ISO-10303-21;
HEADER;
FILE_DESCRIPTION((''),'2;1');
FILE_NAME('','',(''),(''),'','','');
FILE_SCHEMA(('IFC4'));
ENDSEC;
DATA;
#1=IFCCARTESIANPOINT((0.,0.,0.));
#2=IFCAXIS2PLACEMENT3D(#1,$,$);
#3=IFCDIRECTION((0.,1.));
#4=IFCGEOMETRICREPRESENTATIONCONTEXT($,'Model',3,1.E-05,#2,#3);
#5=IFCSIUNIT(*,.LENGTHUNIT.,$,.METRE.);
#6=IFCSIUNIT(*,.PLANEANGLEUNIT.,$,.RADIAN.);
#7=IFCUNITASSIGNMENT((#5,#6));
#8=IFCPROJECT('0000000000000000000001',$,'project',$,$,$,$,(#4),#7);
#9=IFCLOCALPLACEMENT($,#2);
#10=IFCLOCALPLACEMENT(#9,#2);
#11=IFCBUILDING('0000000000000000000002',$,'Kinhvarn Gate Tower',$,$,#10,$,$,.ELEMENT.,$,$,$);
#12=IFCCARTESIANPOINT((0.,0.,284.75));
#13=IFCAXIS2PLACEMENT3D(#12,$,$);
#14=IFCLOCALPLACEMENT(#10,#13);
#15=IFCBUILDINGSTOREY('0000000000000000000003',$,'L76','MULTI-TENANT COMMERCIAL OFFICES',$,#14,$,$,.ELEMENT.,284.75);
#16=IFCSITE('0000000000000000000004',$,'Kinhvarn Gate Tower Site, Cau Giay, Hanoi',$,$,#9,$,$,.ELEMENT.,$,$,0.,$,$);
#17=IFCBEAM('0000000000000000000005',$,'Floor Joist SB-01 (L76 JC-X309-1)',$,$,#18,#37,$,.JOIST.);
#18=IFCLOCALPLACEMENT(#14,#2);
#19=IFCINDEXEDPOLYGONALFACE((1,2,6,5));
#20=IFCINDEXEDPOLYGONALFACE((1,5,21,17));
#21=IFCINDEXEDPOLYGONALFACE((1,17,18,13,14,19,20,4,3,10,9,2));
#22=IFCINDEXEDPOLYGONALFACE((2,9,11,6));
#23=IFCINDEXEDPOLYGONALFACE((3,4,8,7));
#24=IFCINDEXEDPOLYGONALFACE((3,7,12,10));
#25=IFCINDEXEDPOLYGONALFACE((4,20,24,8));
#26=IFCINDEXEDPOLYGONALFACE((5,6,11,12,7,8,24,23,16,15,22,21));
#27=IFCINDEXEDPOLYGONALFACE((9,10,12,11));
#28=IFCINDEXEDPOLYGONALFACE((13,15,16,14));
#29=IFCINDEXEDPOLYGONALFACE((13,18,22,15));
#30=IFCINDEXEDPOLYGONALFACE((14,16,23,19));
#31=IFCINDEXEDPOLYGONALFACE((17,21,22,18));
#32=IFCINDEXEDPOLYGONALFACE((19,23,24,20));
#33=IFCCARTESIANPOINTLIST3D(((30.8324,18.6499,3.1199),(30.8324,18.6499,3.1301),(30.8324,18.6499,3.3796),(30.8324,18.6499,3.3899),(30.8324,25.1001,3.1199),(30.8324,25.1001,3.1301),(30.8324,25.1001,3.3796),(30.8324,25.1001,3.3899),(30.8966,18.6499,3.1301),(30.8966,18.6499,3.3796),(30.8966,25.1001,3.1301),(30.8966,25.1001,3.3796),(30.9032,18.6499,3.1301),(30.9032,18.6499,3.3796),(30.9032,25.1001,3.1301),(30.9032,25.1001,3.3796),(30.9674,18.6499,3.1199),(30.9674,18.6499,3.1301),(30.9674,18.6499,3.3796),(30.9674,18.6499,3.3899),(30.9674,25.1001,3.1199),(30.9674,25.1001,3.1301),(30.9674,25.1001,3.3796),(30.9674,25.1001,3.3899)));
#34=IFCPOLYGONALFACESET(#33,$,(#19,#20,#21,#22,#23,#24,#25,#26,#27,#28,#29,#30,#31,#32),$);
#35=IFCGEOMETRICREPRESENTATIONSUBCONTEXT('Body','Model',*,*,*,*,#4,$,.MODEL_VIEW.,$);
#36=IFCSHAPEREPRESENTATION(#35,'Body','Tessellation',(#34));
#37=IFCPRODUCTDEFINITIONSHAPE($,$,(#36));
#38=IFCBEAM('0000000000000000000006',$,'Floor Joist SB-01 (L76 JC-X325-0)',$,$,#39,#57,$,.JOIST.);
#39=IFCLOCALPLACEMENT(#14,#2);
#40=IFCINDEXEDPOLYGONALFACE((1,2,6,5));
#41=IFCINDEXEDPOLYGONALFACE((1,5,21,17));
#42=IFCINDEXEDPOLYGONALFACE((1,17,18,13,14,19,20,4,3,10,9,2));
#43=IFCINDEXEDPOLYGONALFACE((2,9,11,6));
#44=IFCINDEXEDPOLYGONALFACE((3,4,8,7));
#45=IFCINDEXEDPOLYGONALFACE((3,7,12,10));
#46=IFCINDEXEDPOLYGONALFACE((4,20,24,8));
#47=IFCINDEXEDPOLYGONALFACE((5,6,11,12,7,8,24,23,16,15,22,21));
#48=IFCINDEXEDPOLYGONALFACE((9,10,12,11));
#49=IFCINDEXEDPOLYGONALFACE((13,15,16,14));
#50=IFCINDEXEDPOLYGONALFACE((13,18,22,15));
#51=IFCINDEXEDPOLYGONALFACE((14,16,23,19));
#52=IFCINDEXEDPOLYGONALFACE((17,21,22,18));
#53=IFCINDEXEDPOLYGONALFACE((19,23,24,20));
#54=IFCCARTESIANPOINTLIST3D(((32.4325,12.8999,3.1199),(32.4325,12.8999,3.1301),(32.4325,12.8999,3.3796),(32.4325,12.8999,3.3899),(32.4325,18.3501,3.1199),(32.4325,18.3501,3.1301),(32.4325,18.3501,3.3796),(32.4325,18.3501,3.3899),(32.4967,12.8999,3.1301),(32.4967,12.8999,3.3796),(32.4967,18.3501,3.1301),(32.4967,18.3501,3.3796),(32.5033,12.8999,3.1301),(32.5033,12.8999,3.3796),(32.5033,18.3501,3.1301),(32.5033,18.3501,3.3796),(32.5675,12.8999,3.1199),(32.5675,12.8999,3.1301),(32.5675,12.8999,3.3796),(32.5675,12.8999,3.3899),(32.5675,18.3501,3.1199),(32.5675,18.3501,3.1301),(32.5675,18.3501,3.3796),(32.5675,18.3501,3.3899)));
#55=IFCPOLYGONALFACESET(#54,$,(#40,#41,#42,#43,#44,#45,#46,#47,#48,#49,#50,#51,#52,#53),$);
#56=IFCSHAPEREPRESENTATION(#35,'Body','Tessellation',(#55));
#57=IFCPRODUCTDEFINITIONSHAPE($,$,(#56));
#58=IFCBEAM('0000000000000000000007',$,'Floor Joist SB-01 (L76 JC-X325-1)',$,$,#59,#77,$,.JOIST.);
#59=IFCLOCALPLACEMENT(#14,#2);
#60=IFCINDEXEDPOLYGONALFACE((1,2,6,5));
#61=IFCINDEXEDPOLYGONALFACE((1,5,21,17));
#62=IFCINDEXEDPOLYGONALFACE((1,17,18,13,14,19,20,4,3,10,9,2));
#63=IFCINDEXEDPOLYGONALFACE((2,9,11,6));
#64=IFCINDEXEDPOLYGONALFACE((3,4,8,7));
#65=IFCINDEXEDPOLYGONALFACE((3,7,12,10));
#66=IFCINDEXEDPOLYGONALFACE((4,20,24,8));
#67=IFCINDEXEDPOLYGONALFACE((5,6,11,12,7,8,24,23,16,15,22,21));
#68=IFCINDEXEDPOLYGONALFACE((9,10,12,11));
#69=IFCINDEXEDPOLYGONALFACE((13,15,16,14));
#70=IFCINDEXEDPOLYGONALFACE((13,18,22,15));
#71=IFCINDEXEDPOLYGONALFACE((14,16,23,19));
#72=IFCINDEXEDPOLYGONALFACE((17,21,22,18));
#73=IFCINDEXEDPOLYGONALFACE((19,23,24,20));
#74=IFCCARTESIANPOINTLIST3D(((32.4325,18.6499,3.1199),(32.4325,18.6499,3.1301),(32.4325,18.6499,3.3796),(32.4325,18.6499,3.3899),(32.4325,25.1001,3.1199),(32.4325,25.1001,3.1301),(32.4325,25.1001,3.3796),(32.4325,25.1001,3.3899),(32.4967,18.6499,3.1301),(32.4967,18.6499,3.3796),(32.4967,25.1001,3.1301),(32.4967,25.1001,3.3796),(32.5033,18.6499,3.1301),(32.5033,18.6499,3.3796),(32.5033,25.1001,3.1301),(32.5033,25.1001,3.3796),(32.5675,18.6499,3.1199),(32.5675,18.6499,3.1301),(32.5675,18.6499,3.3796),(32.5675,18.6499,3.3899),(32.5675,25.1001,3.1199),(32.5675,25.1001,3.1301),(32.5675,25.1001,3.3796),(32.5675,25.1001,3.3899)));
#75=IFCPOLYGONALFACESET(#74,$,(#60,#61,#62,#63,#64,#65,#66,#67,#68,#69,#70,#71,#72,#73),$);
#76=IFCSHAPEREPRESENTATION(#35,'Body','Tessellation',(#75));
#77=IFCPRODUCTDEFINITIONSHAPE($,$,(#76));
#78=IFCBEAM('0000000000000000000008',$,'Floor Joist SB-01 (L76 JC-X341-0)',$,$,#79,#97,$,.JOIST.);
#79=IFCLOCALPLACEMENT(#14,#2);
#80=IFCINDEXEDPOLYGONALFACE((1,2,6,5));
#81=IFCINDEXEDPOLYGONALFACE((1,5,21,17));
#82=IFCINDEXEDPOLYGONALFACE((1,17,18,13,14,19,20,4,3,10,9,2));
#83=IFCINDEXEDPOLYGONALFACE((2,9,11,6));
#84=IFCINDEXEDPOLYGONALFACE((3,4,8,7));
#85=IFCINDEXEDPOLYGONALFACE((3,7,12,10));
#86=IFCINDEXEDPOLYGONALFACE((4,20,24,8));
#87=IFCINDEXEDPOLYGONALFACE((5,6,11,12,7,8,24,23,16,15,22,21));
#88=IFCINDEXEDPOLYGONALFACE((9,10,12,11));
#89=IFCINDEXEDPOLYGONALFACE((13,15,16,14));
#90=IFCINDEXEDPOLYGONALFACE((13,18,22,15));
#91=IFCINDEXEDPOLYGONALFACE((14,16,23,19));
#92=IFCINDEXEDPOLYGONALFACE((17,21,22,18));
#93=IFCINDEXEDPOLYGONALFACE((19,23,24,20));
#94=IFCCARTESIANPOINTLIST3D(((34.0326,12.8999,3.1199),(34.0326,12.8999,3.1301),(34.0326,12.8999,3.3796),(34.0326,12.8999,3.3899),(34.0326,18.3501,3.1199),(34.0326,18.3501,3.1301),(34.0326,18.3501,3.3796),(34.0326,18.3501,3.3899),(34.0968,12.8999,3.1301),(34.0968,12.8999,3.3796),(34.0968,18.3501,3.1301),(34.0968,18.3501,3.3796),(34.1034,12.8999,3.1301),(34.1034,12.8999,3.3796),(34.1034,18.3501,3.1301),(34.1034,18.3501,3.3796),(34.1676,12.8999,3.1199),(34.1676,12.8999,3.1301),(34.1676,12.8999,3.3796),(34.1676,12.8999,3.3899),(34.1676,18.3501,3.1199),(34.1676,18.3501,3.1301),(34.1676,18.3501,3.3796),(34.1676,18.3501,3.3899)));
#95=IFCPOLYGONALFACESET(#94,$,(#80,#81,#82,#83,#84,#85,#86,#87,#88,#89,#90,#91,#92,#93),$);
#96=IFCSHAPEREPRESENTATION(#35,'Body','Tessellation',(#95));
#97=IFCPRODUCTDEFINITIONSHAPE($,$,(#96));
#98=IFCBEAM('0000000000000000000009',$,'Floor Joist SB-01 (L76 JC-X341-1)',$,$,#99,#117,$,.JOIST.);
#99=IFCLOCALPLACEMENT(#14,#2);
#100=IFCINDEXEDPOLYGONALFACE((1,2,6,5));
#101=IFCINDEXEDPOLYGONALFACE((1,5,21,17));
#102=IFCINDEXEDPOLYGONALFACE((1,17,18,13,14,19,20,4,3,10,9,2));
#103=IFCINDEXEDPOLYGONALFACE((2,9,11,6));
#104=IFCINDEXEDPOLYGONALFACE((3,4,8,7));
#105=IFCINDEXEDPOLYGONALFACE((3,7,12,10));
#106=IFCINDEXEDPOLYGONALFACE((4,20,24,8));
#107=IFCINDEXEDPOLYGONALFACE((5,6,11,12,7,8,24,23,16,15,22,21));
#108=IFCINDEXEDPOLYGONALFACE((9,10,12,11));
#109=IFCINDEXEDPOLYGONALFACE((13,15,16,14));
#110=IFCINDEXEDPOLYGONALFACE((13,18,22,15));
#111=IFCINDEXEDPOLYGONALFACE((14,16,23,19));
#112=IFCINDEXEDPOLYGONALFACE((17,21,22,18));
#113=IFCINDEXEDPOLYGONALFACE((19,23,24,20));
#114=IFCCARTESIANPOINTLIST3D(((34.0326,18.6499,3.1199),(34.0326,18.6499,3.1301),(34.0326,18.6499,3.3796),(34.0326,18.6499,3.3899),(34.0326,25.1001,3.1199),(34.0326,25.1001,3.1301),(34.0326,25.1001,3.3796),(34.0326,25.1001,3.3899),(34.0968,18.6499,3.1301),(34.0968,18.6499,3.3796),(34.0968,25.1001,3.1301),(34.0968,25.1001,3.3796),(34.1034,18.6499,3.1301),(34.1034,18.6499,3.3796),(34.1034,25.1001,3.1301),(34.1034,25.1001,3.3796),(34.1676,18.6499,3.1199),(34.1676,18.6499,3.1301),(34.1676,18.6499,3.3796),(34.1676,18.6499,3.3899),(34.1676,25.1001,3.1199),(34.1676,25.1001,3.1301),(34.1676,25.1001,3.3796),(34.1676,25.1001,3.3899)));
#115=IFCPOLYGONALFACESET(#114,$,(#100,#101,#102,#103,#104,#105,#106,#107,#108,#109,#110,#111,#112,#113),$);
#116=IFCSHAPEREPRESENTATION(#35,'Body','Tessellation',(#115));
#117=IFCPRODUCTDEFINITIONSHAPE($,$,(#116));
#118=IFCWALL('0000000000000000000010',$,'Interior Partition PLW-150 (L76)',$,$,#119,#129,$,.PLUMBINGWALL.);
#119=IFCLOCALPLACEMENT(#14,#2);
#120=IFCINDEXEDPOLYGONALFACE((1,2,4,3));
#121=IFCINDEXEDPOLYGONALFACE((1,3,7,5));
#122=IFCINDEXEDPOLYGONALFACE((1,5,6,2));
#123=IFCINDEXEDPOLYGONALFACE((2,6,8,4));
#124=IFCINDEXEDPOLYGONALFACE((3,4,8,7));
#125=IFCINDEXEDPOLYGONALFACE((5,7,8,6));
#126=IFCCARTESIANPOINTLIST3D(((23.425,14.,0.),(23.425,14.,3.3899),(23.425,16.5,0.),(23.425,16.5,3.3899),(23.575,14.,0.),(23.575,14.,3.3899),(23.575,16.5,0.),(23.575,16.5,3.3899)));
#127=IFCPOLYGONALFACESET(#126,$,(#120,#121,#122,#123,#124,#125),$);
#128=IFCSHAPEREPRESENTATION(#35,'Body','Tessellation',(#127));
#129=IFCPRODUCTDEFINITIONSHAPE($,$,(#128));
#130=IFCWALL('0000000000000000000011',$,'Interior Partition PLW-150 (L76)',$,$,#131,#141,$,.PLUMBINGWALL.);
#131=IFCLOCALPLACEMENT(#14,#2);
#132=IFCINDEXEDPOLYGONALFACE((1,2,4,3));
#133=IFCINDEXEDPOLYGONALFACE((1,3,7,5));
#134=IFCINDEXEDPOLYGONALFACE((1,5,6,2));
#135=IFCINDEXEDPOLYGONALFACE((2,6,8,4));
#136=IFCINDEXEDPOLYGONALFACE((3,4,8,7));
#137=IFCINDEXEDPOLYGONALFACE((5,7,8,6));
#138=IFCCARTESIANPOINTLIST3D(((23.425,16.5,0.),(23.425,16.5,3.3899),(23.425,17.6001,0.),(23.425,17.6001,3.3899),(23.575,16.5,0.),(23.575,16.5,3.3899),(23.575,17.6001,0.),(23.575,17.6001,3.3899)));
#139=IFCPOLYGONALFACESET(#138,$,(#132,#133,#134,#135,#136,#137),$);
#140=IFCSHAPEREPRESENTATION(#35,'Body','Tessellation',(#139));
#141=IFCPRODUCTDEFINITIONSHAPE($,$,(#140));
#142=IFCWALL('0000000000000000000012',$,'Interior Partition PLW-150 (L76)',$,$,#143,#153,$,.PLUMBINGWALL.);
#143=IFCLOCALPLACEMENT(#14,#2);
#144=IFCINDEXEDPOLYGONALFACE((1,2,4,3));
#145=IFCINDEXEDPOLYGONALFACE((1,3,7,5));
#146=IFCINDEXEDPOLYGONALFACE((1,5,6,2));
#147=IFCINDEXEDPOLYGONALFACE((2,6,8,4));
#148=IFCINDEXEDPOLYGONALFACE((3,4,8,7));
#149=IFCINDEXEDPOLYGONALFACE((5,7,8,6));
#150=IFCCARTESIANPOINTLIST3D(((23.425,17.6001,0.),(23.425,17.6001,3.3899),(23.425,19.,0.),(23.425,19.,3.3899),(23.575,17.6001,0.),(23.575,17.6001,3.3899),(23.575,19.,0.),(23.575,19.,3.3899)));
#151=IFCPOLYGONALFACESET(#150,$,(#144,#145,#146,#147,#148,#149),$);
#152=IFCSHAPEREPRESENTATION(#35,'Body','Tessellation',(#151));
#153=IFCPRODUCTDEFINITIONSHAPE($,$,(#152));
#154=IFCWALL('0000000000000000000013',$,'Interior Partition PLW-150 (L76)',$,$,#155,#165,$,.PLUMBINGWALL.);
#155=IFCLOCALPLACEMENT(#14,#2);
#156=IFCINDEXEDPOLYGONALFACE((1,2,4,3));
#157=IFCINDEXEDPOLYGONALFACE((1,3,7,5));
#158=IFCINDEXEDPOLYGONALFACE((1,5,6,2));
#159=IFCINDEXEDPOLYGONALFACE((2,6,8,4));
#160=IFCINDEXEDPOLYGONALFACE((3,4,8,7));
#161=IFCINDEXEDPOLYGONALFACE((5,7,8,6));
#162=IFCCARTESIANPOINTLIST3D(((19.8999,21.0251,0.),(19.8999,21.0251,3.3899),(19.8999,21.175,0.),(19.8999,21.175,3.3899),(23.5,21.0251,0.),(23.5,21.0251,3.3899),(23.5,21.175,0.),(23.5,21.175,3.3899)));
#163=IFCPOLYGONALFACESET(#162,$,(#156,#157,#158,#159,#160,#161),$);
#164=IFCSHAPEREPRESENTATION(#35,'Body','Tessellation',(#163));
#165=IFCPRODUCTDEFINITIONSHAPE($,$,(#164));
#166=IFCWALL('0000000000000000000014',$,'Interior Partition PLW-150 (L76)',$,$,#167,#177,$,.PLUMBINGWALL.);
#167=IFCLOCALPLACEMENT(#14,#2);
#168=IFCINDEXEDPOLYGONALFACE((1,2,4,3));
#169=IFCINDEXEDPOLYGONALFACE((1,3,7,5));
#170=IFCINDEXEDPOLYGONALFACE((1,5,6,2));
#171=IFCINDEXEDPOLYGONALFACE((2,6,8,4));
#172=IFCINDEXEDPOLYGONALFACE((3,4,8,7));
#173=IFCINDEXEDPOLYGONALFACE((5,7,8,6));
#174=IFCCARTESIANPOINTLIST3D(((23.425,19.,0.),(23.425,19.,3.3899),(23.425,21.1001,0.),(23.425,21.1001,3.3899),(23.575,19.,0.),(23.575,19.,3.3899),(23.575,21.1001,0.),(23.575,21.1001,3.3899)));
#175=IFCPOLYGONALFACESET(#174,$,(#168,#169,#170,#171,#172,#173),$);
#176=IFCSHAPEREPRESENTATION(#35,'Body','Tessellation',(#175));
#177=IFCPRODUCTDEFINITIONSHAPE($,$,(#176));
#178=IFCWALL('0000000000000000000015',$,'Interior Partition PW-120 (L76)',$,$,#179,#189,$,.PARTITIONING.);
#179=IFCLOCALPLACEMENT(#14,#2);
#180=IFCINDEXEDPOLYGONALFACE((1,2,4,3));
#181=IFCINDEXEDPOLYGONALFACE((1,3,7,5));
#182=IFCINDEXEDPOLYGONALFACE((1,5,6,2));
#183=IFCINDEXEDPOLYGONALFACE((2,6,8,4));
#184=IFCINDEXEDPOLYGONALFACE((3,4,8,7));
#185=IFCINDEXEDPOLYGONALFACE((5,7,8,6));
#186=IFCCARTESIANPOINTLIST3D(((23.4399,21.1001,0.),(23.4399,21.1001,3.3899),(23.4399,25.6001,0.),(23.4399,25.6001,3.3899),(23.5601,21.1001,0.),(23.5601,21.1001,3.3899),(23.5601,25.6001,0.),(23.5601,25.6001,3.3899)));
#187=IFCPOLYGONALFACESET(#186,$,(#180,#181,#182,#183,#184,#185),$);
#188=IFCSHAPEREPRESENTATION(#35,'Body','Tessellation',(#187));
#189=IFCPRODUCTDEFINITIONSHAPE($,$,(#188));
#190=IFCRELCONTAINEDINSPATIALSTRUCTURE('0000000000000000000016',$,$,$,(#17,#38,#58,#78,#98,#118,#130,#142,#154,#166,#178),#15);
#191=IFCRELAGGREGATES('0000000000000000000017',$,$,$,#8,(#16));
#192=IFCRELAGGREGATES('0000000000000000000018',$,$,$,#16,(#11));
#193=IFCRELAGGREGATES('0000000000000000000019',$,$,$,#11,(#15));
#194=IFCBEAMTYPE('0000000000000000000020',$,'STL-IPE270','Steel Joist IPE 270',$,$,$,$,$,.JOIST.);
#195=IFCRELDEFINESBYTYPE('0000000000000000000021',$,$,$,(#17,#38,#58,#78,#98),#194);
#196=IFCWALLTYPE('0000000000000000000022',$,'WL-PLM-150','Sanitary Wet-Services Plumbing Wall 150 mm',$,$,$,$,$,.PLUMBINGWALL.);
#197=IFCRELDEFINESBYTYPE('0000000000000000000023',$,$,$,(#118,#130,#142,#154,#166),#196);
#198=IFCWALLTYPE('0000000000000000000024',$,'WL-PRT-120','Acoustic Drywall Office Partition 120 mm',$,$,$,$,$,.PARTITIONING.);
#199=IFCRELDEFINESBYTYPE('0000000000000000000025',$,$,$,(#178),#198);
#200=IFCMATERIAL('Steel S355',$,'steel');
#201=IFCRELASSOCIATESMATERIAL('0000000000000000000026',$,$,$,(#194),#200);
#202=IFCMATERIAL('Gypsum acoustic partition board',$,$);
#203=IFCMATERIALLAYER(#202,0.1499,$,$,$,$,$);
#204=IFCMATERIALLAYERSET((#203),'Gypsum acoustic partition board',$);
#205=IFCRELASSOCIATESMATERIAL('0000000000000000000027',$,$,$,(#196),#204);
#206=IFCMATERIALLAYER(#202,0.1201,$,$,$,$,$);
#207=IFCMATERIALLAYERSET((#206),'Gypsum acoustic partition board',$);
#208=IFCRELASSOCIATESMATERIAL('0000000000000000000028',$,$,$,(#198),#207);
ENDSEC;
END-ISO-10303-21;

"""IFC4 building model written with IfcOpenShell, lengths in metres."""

from ifc_helpers import new_model, si_unit, direction, frame, frame_2d, origin, origin_2d, place, context, subcontext, project, spatial, rectangle, i_section, extrude, material, layer, layer_set, material_profile, profile_set, type_object, element, save


model = new_model("IFC4")

# Units and contexts
model_context = context("Model", 3, precision=1e-05, world=origin(), true_north=direction((0.0, 1.0)))
body_context = subcontext(model_context, "Body", "Model", "MODEL_VIEW")
ifc_project = project(units=[si_unit("LENGTHUNIT", "METRE"), si_unit("PLANEANGLEUNIT", "RADIAN")], contexts=[model_context])

# Site, building, storey
site_placement = place(None, origin())
site = spatial("IfcSite", under=ifc_project, at=site_placement, Name="Kinhvarn Gate Tower Site, Cau Giay, Hanoi", CompositionType="ELEMENT", RefElevation=0.0)
building_placement = place(site_placement, origin())
building = spatial("IfcBuilding", under=site, at=building_placement, Name="Kinhvarn Gate Tower", CompositionType="ELEMENT")
storey_placement = place(building_placement, frame((0.0, 0.0, 284.75)))
storey = spatial("IfcBuildingStorey", under=building, at=storey_placement, Name="L76", Description="MULTI-TENANT COMMERCIAL OFFICES", CompositionType="ELEMENT", Elevation=284.75)

# Beams
ifc_material_1 = material(Name="Steel S355", Category="steel")
ifc_material_profile = material_profile(ifc_material_1, i_section(OverallWidth=0.135, OverallDepth=0.27, WebThickness=0.0066, FlangeThickness=0.0103, at=origin_2d()), Name="IPE 270")
ifc_profile_set = profile_set([ifc_material_profile], Name="Steel S355")
beam_type = type_object("IfcBeamType", Name="STL-IPE270", Description="Steel Joist IPE 270", PredefinedType="JOIST", material=ifc_profile_set)
beam_1_placement = place(storey_placement, frame((30.8999, 18.6499, 3.2549), z_axis=(0.0, 1.0, 0.0), x_axis=(-1.0, 0.0, 0.0)))
element("IfcBeam", 1, at=beam_1_placement, inside=storey, type_object=beam_type, Name="Floor Joist SB-01 (L76 JC-X309-1)", PredefinedType="JOIST", context=body_context, shape_type="SweptSolid", body=[
    extrude(i_section(OverallWidth=0.135, OverallDepth=0.27, WebThickness=0.0066, FlangeThickness=0.0103, at=origin_2d()), origin(), (0.0, 0.0, 1.0), 6.4502),
])
beam_2_placement = place(storey_placement, frame((32.5, 12.8999, 3.2549), z_axis=(0.0, 1.0, 0.0), x_axis=(-1.0, 0.0, 0.0)))
element("IfcBeam", 2, at=beam_2_placement, inside=storey, type_object=beam_type, Name="Floor Joist SB-01 (L76 JC-X325-0)", PredefinedType="JOIST", context=body_context, shape_type="SweptSolid", body=[
    extrude(i_section(OverallWidth=0.135, OverallDepth=0.27, WebThickness=0.0066, FlangeThickness=0.0103, at=origin_2d()), origin(), (0.0, 0.0, 1.0), 5.4502),
])
beam_3_placement = place(storey_placement, frame((32.5, 18.6499, 3.2549), z_axis=(0.0, 1.0, 0.0), x_axis=(-1.0, 0.0, 0.0)))
element("IfcBeam", 3, at=beam_3_placement, inside=storey, type_object=beam_type, Name="Floor Joist SB-01 (L76 JC-X325-1)", PredefinedType="JOIST", context=body_context, shape_type="SweptSolid", body=[
    extrude(i_section(OverallWidth=0.135, OverallDepth=0.27, WebThickness=0.0066, FlangeThickness=0.0103, at=origin_2d()), origin(), (0.0, 0.0, 1.0), 6.4502),
])
beam_4_placement = place(storey_placement, frame((34.1001, 12.8999, 3.2549), z_axis=(0.0, 1.0, 0.0), x_axis=(-1.0, 0.0, 0.0)))
element("IfcBeam", 4, at=beam_4_placement, inside=storey, type_object=beam_type, Name="Floor Joist SB-01 (L76 JC-X341-0)", PredefinedType="JOIST", context=body_context, shape_type="SweptSolid", body=[
    extrude(i_section(OverallWidth=0.135, OverallDepth=0.27, WebThickness=0.0066, FlangeThickness=0.0103, at=origin_2d()), origin(), (0.0, 0.0, 1.0), 5.4502),
])
beam_5_placement = place(storey_placement, frame((34.1001, 18.6499, 3.2549), z_axis=(0.0, 1.0, 0.0), x_axis=(-1.0, 0.0, 0.0)))
element("IfcBeam", 5, at=beam_5_placement, inside=storey, type_object=beam_type, Name="Floor Joist SB-01 (L76 JC-X341-1)", PredefinedType="JOIST", context=body_context, shape_type="SweptSolid", body=[
    extrude(i_section(OverallWidth=0.135, OverallDepth=0.27, WebThickness=0.0066, FlangeThickness=0.0103, at=origin_2d()), origin(), (0.0, 0.0, 1.0), 6.4502),
])

# Walls
ifc_material_2 = material(Name="Gypsum acoustic partition board")
ifc_layer_1 = layer(ifc_material_2, 0.1499)
ifc_layer_set_1 = layer_set([ifc_layer_1], Name="Gypsum acoustic partition board")
wall_type_1 = type_object("IfcWallType", Name="WL-PLM-150", Description="Sanitary Wet-Services Plumbing Wall 150 mm", PredefinedType="PLUMBINGWALL", material=ifc_layer_set_1)
wall_1_placement = place(storey_placement, frame((23.5, 14.0, 0.0), z_axis=(0.0, 0.0, 1.0), x_axis=(0.0, 1.0, 0.0)))
element("IfcWall", 6, at=wall_1_placement, inside=storey, type_object=wall_type_1, Name="Interior Partition PLW-150 (L76)", PredefinedType="PLUMBINGWALL", context=body_context, shape_type="SweptSolid", body=[
    extrude(rectangle(XDim=2.5, YDim=0.1499, at=frame_2d((1.25, 0.0))), origin(), (0.0, 0.0, 1.0), 3.3899),
])
wall_2_placement = place(storey_placement, frame((23.5, 16.5, 0.0), z_axis=(0.0, 0.0, 1.0), x_axis=(0.0, 1.0, 0.0)))
element("IfcWall", 7, at=wall_2_placement, inside=storey, type_object=wall_type_1, Name="Interior Partition PLW-150 (L76)", PredefinedType="PLUMBINGWALL", context=body_context, shape_type="SweptSolid", body=[
    extrude(rectangle(XDim=1.1001, YDim=0.1499, at=frame_2d((0.55, 0.0))), origin(), (0.0, 0.0, 1.0), 3.3899),
])
wall_3_placement = place(storey_placement, frame((23.5, 17.6001, 0.0), z_axis=(0.0, 0.0, 1.0), x_axis=(0.0, 1.0, 0.0)))
element("IfcWall", 8, at=wall_3_placement, inside=storey, type_object=wall_type_1, Name="Interior Partition PLW-150 (L76)", PredefinedType="PLUMBINGWALL", context=body_context, shape_type="SweptSolid", body=[
    extrude(rectangle(XDim=1.3999, YDim=0.1499, at=frame_2d((0.7, 0.0))), origin(), (0.0, 0.0, 1.0), 3.3899),
])
wall_4_placement = place(storey_placement, frame((19.8999, 21.1001, 0.0), z_axis=(0.0, 0.0, 1.0), x_axis=(1.0, 0.0, 0.0)))
element("IfcWall", 9, at=wall_4_placement, inside=storey, type_object=wall_type_1, Name="Interior Partition PLW-150 (L76)", PredefinedType="PLUMBINGWALL", context=body_context, shape_type="SweptSolid", body=[
    extrude(rectangle(XDim=3.6001, YDim=0.1499, at=frame_2d((1.8, 0.0))), origin(), (0.0, 0.0, 1.0), 3.3899),
])
wall_5_placement = place(storey_placement, frame((23.5, 19.0, 0.0), z_axis=(0.0, 0.0, 1.0), x_axis=(0.0, 1.0, 0.0)))
element("IfcWall", 10, at=wall_5_placement, inside=storey, type_object=wall_type_1, Name="Interior Partition PLW-150 (L76)", PredefinedType="PLUMBINGWALL", context=body_context, shape_type="SweptSolid", body=[
    extrude(rectangle(XDim=2.1001, YDim=0.1499, at=frame_2d((1.05, 0.0))), origin(), (0.0, 0.0, 1.0), 3.3899),
])
ifc_layer_2 = layer(ifc_material_2, 0.1201)
ifc_layer_set_2 = layer_set([ifc_layer_2], Name="Gypsum acoustic partition board")
wall_type_2 = type_object("IfcWallType", Name="WL-PRT-120", Description="Acoustic Drywall Office Partition 120 mm", PredefinedType="PARTITIONING", material=ifc_layer_set_2)
wall_6_placement = place(storey_placement, frame((23.5, 21.1001, 0.0), z_axis=(0.0, 0.0, 1.0), x_axis=(0.0, 1.0, 0.0)))
element("IfcWall", 11, at=wall_6_placement, inside=storey, type_object=wall_type_2, Name="Interior Partition PW-120 (L76)", PredefinedType="PARTITIONING", context=body_context, shape_type="SweptSolid", body=[
    extrude(rectangle(XDim=4.5, YDim=0.1201, at=frame_2d((2.25, 0.0))), origin(), (0.0, 0.0, 1.0), 3.3899),
])

save(model, "model.ifc")
